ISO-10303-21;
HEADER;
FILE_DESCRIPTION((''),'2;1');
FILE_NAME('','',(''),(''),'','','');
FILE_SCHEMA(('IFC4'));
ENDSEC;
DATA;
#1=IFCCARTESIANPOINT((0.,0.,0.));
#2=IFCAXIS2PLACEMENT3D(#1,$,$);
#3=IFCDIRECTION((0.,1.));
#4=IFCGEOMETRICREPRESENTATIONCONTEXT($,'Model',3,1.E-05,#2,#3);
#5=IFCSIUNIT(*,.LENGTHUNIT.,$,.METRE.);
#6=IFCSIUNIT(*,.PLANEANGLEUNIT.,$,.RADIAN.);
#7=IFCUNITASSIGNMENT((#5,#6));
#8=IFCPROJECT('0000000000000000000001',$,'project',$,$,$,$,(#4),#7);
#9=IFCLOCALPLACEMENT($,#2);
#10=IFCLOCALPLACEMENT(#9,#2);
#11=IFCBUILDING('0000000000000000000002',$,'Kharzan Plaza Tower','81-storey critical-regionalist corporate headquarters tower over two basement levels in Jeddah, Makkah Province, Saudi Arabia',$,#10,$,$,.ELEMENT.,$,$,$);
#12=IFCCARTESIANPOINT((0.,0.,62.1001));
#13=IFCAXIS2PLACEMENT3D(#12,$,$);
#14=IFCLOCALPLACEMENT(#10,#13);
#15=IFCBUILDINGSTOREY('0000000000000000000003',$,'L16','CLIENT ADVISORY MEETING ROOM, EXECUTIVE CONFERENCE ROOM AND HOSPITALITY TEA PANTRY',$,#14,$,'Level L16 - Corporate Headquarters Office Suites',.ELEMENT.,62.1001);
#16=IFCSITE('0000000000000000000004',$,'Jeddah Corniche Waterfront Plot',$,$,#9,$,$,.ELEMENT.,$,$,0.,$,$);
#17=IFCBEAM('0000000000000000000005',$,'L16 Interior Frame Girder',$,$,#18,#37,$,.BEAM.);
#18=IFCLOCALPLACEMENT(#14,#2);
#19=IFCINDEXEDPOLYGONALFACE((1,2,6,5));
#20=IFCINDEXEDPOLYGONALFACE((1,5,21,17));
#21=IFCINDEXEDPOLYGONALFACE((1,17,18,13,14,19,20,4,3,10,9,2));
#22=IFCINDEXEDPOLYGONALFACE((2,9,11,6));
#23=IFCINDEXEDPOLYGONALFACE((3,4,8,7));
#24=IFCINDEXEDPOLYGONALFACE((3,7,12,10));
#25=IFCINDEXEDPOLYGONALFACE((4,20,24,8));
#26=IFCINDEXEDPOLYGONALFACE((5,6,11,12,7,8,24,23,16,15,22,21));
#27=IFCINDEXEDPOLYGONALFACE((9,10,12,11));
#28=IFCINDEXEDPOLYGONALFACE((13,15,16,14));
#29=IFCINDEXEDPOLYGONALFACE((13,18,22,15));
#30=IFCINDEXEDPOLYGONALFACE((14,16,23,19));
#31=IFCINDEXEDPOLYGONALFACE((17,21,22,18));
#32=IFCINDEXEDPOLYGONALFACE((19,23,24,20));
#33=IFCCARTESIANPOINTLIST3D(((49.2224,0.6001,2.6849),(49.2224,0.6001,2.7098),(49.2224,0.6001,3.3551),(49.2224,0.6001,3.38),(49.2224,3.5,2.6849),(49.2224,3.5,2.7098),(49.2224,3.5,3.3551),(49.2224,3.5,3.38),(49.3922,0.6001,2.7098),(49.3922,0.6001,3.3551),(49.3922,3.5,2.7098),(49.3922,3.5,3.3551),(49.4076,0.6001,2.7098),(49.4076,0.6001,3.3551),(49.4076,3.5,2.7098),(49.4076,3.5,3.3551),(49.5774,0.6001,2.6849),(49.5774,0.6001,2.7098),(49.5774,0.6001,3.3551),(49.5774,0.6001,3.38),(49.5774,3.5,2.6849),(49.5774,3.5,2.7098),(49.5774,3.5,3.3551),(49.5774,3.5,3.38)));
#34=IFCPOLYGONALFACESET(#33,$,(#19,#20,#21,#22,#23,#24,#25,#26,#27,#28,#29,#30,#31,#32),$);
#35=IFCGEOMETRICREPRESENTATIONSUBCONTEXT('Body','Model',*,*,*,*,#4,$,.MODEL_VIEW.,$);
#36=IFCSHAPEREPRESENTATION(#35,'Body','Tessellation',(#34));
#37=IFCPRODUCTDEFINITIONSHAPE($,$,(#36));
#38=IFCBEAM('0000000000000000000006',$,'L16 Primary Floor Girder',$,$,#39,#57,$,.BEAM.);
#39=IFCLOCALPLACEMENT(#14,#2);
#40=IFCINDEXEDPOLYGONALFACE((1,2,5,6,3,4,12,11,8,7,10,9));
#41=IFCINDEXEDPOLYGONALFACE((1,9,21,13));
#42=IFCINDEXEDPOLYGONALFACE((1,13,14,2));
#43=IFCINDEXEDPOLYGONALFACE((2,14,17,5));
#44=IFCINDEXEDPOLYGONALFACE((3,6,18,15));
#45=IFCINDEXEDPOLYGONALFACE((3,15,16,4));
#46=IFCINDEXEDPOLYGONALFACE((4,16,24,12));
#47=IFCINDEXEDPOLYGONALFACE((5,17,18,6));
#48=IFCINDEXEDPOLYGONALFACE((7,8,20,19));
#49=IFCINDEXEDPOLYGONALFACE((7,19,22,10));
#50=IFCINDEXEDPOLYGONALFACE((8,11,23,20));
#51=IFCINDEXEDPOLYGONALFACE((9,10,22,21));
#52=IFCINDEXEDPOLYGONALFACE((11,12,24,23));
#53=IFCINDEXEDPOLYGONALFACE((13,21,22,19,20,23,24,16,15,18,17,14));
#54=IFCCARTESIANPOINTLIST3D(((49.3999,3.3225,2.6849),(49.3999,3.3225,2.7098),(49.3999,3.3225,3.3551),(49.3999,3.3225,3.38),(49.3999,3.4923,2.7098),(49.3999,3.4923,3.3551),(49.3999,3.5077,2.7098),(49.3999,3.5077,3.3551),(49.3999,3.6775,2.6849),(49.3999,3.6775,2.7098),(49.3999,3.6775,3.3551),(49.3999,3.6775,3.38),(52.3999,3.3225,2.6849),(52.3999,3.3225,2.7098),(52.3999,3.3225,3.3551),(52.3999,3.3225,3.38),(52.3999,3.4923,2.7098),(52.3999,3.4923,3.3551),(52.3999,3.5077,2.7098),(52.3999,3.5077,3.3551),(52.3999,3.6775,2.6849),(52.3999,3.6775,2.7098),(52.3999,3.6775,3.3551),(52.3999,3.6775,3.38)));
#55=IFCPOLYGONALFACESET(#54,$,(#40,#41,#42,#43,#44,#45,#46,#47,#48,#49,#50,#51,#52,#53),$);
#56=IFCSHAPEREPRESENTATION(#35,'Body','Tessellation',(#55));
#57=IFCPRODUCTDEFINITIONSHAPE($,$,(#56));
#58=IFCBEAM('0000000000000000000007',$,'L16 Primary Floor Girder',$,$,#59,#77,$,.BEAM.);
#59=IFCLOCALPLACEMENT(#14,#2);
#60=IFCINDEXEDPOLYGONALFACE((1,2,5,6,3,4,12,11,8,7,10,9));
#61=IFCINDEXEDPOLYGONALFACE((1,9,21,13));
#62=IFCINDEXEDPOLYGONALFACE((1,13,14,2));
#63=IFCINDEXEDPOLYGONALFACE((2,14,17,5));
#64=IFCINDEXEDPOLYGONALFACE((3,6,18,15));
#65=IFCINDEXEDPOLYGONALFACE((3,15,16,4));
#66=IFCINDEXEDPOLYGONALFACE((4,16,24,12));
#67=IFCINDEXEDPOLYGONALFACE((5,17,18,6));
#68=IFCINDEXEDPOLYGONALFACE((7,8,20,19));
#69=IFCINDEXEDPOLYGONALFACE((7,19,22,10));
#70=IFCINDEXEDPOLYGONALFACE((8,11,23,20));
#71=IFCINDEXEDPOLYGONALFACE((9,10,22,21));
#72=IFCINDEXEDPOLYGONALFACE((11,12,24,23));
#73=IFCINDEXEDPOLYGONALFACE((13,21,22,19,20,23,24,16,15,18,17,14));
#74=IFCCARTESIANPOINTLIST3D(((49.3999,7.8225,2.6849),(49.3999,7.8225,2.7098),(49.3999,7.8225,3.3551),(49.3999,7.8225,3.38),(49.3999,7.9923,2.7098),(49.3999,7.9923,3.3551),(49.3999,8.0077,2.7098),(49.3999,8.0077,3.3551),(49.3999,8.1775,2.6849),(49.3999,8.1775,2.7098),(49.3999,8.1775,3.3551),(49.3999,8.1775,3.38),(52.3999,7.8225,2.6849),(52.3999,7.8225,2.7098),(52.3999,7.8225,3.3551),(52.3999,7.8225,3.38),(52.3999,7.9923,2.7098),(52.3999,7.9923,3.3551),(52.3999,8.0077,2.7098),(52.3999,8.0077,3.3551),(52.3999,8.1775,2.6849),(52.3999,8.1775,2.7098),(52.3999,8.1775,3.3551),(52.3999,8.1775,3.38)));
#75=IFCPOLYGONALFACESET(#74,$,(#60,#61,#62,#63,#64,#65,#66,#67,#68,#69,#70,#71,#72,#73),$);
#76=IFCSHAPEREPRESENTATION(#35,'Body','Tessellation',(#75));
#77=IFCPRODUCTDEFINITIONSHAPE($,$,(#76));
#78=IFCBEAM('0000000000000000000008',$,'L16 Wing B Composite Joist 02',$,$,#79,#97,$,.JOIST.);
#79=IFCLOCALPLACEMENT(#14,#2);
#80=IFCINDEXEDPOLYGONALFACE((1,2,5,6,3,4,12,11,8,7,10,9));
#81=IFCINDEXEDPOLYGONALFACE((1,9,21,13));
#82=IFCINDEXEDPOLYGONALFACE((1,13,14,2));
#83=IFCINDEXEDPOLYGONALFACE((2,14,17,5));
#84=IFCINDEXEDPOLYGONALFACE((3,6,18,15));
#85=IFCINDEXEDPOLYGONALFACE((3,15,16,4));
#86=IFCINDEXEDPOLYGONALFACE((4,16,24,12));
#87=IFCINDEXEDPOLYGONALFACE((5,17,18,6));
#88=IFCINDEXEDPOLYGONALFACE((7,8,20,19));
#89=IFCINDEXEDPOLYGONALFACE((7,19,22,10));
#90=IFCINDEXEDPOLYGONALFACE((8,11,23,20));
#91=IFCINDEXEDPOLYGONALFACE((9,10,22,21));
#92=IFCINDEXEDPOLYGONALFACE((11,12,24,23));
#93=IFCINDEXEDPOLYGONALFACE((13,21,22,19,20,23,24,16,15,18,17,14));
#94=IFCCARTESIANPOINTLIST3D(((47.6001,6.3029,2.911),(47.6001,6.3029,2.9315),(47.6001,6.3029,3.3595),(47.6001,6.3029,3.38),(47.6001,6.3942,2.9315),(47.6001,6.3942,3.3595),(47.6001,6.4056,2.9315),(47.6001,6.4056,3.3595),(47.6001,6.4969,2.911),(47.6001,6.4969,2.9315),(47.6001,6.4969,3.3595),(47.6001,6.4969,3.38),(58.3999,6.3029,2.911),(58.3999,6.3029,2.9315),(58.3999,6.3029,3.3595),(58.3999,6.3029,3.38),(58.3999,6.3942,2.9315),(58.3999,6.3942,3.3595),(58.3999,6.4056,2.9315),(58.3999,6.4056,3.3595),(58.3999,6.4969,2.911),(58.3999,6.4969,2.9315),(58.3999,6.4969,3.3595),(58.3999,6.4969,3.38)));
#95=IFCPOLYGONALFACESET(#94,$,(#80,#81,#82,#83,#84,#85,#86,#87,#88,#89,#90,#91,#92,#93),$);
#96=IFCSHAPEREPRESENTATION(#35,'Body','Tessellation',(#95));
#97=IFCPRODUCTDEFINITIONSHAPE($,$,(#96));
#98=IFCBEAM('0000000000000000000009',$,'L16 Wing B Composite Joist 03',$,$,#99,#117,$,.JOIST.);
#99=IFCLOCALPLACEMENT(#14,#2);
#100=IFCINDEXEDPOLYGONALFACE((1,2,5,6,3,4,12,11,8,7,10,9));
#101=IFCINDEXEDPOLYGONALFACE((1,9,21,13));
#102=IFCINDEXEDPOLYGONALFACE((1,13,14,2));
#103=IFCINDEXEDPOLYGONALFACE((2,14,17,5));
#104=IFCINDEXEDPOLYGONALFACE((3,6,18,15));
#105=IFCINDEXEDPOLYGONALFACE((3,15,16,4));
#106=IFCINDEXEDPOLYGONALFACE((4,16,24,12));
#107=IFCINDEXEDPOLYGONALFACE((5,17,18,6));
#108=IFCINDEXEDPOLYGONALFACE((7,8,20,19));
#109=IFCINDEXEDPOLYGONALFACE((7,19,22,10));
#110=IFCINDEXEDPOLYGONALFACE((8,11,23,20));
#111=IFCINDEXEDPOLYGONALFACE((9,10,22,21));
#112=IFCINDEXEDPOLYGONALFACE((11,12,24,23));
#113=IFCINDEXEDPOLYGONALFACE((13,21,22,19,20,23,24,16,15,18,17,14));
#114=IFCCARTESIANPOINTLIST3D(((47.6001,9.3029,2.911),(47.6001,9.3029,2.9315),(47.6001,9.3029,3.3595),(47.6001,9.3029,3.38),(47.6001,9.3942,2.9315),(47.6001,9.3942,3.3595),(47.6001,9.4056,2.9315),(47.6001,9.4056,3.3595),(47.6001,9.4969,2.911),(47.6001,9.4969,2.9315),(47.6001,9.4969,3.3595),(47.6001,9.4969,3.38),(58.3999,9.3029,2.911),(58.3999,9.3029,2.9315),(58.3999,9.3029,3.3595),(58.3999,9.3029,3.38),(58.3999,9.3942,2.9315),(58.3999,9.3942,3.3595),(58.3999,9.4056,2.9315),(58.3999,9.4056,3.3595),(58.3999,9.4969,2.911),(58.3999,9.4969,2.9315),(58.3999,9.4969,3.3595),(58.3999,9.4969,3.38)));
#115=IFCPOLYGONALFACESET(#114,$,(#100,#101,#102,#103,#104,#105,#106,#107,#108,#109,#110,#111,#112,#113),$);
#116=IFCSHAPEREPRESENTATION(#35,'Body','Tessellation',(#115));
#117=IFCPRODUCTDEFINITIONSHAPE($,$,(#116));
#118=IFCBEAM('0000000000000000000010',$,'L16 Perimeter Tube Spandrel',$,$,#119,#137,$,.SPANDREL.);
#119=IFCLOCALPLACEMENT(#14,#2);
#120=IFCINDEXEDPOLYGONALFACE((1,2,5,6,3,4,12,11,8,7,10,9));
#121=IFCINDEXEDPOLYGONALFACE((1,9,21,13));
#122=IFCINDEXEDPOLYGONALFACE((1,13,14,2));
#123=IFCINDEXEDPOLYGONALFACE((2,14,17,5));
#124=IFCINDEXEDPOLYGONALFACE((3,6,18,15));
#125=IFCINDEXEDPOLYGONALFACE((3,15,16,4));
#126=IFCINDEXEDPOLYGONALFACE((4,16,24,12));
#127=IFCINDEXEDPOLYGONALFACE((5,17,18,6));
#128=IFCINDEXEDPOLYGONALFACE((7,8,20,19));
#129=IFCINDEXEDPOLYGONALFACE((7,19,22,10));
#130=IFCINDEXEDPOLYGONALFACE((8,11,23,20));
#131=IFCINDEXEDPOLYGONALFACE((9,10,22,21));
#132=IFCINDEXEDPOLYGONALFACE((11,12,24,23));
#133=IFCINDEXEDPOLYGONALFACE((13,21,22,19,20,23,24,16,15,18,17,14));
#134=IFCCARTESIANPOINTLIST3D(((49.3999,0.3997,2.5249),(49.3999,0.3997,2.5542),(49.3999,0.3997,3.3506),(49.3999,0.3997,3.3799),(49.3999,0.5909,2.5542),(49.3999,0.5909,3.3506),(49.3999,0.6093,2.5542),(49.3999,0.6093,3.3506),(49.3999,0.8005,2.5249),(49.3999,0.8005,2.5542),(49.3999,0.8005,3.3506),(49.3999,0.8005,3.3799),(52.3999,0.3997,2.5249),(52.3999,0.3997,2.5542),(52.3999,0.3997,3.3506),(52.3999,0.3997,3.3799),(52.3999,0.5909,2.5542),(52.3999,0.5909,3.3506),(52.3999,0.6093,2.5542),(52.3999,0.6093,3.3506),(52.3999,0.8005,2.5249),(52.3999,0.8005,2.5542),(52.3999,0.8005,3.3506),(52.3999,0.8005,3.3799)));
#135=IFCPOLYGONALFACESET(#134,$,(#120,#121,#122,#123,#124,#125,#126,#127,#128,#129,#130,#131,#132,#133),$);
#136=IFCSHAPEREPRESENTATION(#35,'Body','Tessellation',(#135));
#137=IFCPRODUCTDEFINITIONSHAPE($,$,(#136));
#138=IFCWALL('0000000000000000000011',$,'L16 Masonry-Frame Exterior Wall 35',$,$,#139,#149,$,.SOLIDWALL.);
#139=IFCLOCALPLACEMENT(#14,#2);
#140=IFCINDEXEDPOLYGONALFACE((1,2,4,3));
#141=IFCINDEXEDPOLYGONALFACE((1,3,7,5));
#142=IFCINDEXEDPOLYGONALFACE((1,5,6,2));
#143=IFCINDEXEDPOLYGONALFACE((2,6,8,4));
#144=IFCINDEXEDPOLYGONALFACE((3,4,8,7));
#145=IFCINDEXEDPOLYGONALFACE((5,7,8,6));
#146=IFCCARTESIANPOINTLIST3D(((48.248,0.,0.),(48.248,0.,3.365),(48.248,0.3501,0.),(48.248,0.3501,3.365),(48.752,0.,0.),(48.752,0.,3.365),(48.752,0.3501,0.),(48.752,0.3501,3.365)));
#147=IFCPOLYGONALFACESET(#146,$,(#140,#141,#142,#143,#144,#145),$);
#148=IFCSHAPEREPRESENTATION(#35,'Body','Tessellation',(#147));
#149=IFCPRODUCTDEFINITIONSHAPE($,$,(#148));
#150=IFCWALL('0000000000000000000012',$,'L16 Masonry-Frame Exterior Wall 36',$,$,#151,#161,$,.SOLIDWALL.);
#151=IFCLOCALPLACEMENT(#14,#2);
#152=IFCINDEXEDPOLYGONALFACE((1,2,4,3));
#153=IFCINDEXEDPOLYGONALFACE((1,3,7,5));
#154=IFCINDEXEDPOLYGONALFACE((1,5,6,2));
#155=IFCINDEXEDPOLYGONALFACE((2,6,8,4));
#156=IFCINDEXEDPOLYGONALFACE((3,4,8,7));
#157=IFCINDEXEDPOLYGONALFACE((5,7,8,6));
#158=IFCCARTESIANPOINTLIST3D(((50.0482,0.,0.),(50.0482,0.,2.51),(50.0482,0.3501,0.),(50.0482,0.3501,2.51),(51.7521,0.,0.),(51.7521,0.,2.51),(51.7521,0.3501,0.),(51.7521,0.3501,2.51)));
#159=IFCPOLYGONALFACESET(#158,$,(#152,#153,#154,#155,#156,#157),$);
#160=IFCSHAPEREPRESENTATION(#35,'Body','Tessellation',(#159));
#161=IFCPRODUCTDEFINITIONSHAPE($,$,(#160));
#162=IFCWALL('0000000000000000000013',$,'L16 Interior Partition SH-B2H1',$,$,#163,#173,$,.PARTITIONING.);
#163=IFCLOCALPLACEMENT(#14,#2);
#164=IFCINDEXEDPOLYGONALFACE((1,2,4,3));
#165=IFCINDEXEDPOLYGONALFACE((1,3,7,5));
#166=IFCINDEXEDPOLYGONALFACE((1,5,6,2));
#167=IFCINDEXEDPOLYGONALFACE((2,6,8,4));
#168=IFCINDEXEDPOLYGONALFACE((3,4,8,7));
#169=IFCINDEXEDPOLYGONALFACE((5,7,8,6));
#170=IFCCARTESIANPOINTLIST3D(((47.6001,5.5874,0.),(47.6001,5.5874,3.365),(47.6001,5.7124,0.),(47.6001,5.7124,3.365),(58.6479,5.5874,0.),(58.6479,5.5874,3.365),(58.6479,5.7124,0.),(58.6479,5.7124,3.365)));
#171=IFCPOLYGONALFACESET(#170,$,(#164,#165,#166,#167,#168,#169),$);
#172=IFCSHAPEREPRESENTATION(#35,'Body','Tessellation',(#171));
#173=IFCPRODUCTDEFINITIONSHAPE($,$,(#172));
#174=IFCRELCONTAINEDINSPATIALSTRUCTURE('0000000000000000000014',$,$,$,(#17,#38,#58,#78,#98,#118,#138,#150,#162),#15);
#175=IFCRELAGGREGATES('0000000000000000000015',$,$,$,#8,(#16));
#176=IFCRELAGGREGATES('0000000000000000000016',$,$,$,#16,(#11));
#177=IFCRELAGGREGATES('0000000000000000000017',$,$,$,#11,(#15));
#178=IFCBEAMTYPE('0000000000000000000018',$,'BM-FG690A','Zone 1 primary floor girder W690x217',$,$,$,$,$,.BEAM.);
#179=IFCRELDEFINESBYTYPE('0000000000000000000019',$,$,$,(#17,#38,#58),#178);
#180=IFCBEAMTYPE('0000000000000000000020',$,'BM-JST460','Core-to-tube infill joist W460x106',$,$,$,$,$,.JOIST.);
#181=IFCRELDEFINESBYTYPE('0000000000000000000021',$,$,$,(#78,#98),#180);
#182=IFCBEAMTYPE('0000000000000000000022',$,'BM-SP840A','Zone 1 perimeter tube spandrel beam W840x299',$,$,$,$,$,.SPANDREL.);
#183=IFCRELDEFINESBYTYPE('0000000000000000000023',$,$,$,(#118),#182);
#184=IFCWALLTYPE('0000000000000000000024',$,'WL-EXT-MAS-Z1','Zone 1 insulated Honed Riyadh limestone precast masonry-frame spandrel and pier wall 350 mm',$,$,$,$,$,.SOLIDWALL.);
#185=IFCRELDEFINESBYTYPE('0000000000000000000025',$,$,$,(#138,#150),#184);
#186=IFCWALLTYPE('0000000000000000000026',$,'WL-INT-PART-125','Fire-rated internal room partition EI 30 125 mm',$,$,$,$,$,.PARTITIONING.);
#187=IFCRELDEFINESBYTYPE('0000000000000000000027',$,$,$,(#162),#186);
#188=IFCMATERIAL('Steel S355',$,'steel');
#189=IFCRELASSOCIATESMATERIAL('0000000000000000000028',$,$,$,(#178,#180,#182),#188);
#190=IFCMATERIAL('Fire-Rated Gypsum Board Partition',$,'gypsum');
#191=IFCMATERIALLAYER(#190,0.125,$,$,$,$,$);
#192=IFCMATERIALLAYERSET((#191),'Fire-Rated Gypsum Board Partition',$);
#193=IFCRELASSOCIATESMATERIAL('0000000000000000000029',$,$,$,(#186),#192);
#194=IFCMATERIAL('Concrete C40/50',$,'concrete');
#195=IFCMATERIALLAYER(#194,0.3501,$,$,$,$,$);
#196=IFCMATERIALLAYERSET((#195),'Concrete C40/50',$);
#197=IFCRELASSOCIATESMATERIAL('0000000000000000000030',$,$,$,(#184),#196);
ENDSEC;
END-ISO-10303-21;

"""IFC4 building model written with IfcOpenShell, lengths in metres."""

from ifc_helpers import new_model, si_unit, direction, frame, frame_2d, origin, origin_2d, place, context, subcontext, project, spatial, rectangle, i_section, extrude, source, transform, mapped, material, layer, layer_set, material_profile, profile_set, type_object, element, save


model = new_model("IFC4")

# Units and contexts
model_context = context("Model", 3, precision=1e-05, world=origin(), true_north=direction((0.0, 1.0)))
body_context = subcontext(model_context, "Body", "Model", "MODEL_VIEW")
ifc_project = project(units=[si_unit("LENGTHUNIT", "METRE"), si_unit("PLANEANGLEUNIT", "RADIAN")], contexts=[model_context])

# Site, building, storey
site_placement = place(None, origin())
site = spatial("IfcSite", under=ifc_project, at=site_placement, Name="Jeddah Corniche Waterfront Plot", CompositionType="ELEMENT", RefElevation=0.0)
building_placement = place(site_placement, origin())
building = spatial("IfcBuilding", under=site, at=building_placement, Name="Kharzan Plaza Tower", Description="81-storey critical-regionalist corporate headquarters tower over two basement levels in Jeddah, Makkah Province, Saudi Arabia", CompositionType="ELEMENT")
storey_placement = place(building_placement, frame((0.0, 0.0, 62.1001)))
storey = spatial("IfcBuildingStorey", under=building, at=storey_placement, Name="L16", Description="CLIENT ADVISORY MEETING ROOM, EXECUTIVE CONFERENCE ROOM AND HOSPITALITY TEA PANTRY", LongName="Level L16 - Corporate Headquarters Office Suites", CompositionType="ELEMENT", Elevation=62.1001)

# Beams
ifc_material_1 = material(Name="Steel S355", Category="steel")
ifc_material_profile_1 = material_profile(ifc_material_1, i_section(OverallWidth=0.355, OverallDepth=0.6951, WebThickness=0.0154, FlangeThickness=0.0249, at=origin_2d()), Name="W690x217")
ifc_profile_set_1 = profile_set([ifc_material_profile_1], Name="Steel S355")
beam_type_1 = type_object("IfcBeamType", Name="BM-FG690A", Description="Zone 1 primary floor girder W690x217", PredefinedType="BEAM", material=ifc_profile_set_1)
shared_shape_1 = source(origin(), body_context, "Body", "SweptSolid", [
    extrude(i_section(OverallWidth=0.355, OverallDepth=0.6951, WebThickness=0.0154, FlangeThickness=0.0249, at=origin_2d()), origin(), (0.0, 0.0, 1.0), 2.8999),
])
for number, where, z_axis, x_axis, name in (
    (1, (49.3999, 0.6001, 3.0325), (0.0, 1.0, 0.0), (-1.0, 0.0, 0.0), "L16 Interior Frame Girder"),
):
    element("IfcBeam", number, at=place(storey_placement, frame(where, z_axis=z_axis, x_axis=x_axis)), inside=storey, type_object=beam_type_1, Name=name, PredefinedType="BEAM", context=body_context, shape_type="MappedRepresentation", body=[
        mapped(shared_shape_1, transform((0.0, 0.0, 0.0), x_axis=(1.0, 0.0, 0.0), y_axis=(0.0, 1.0, 0.0), z_axis=(0.0, 0.0, 1.0))),
    ])
shared_shape_2 = source(origin(), body_context, "Body", "SweptSolid", [
    extrude(i_section(OverallWidth=0.355, OverallDepth=0.6951, WebThickness=0.0154, FlangeThickness=0.0249, at=origin_2d()), origin(), (0.0, 0.0, 1.0), 3.0),
])
for number, where, z_axis, x_axis, name in (
    (2, (49.3999, 3.5, 3.0325), (1.0, 0.0, 0.0), (0.0, 1.0, 0.0), "L16 Primary Floor Girder"),
    (3, (49.3999, 8.0, 3.0325), (1.0, 0.0, 0.0), (0.0, 1.0, 0.0), "L16 Primary Floor Girder"),
):
    element("IfcBeam", number, at=place(storey_placement, frame(where, z_axis=z_axis, x_axis=x_axis)), inside=storey, type_object=beam_type_1, Name=name, PredefinedType="BEAM", context=body_context, shape_type="MappedRepresentation", body=[
        mapped(shared_shape_2, transform((0.0, 0.0, 0.0), x_axis=(1.0, 0.0, 0.0), y_axis=(0.0, 1.0, 0.0), z_axis=(0.0, 0.0, 1.0))),
    ])
ifc_material_profile_2 = material_profile(ifc_material_1, i_section(OverallWidth=0.1941, OverallDepth=0.469, WebThickness=0.0115, FlangeThickness=0.0205, at=origin_2d()), Name="W460x106")
ifc_profile_set_2 = profile_set([ifc_material_profile_2], Name="Steel S355")
beam_type_2 = type_object("IfcBeamType", Name="BM-JST460", Description="Core-to-tube infill joist W460x106", PredefinedType="JOIST", material=ifc_profile_set_2)
shared_shape_3 = source(origin(), body_context, "Body", "SweptSolid", [
    extrude(i_section(OverallWidth=0.1941, OverallDepth=0.469, WebThickness=0.0115, FlangeThickness=0.0205, at=origin_2d()), origin(), (0.0, 0.0, 1.0), 10.7998),
])
for number, where, z_axis, x_axis, name in (
    (4, (47.6001, 6.3999, 3.1455), (1.0, 0.0, 0.0), (0.0, 1.0, 0.0), "L16 Wing B Composite Joist 02"),
    (5, (47.6001, 9.3999, 3.1455), (1.0, 0.0, 0.0), (0.0, 1.0, 0.0), "L16 Wing B Composite Joist 03"),
):
    element("IfcBeam", number, at=place(storey_placement, frame(where, z_axis=z_axis, x_axis=x_axis)), inside=storey, type_object=beam_type_2, Name=name, PredefinedType="JOIST", context=body_context, shape_type="MappedRepresentation", body=[
        mapped(shared_shape_3, transform((0.0, 0.0, 0.0), x_axis=(1.0, 0.0, 0.0), y_axis=(0.0, 1.0, 0.0), z_axis=(0.0, 0.0, 1.0))),
    ])
ifc_material_profile_3 = material_profile(ifc_material_1, i_section(OverallWidth=0.4009, OverallDepth=0.855, WebThickness=0.0183, FlangeThickness=0.0293, at=origin_2d()), Name="W840x299")
ifc_profile_set_3 = profile_set([ifc_material_profile_3], Name="Steel S355")
beam_type_3 = type_object("IfcBeamType", Name="BM-SP840A", Description="Zone 1 perimeter tube spandrel beam W840x299", PredefinedType="SPANDREL", material=ifc_profile_set_3)
shared_shape_4 = source(origin(), body_context, "Body", "SweptSolid", [
    extrude(i_section(OverallWidth=0.4009, OverallDepth=0.855, WebThickness=0.0183, FlangeThickness=0.0293, at=origin_2d()), origin(), (0.0, 0.0, 1.0), 3.0),
])
beam_placement = place(storey_placement, frame((49.3999, 0.6001, 2.9524), z_axis=(1.0, 0.0, 0.0), x_axis=(0.0, 1.0, 0.0)))
element("IfcBeam", 6, at=beam_placement, inside=storey, type_object=beam_type_3, Name="L16 Perimeter Tube Spandrel", PredefinedType="SPANDREL", context=body_context, shape_type="MappedRepresentation", body=[
    mapped(shared_shape_4, transform((0.0, 0.0, 0.0), x_axis=(1.0, 0.0, 0.0), y_axis=(0.0, 1.0, 0.0), z_axis=(0.0, 0.0, 1.0))),
])

# Shared definitions
ifc_material_2 = material(Name="Fire-Rated Gypsum Board Partition", Category="gypsum")
ifc_layer_1 = layer(ifc_material_2, 0.125)
ifc_layer_set_1 = layer_set([ifc_layer_1], Name="Fire-Rated Gypsum Board Partition")
wall_type_1 = type_object("IfcWallType", Name="WL-INT-PART-125", Description="Fire-rated internal room partition EI 30 125 mm", PredefinedType="PARTITIONING", material=ifc_layer_set_1)

# Walls
ifc_material_3 = material(Name="Concrete C40/50", Category="concrete")
ifc_layer_2 = layer(ifc_material_3, 0.3501)
ifc_layer_set_2 = layer_set([ifc_layer_2], Name="Concrete C40/50")
wall_type_2 = type_object("IfcWallType", Name="WL-EXT-MAS-Z1", Description="Zone 1 insulated Honed Riyadh limestone precast masonry-frame spandrel and pier wall 350 mm", PredefinedType="SOLIDWALL", material=ifc_layer_set_2)
shared_shape_5 = source(origin(), body_context, "Body", "SweptSolid", [
    extrude(rectangle(XDim=0.5039, YDim=0.3501, at=frame_2d((0.252, 0.0))), origin(), (0.0, 0.0, 1.0), 3.365),
])
wall_1_placement = place(storey_placement, frame((48.248, 0.175, 0.0), z_axis=(0.0, 0.0, 1.0), x_axis=(1.0, 0.0, 0.0)))
element("IfcWall", 7, at=wall_1_placement, inside=storey, type_object=wall_type_2, Name="L16 Masonry-Frame Exterior Wall 35", PredefinedType="SOLIDWALL", context=body_context, shape_type="MappedRepresentation", body=[
    mapped(shared_shape_5, transform((0.0, 0.0, 0.0), x_axis=(1.0, 0.0, 0.0), y_axis=(0.0, 1.0, 0.0), z_axis=(0.0, 0.0, 1.0))),
])
shared_shape_6 = source(origin(), body_context, "Body", "SweptSolid", [
    extrude(rectangle(XDim=1.7039, YDim=0.3501, at=frame_2d((0.8521, 0.0))), origin(), (0.0, 0.0, 1.0), 2.51),
])
wall_2_placement = place(storey_placement, frame((50.0481, 0.175, 0.0), z_axis=(0.0, 0.0, 1.0), x_axis=(1.0, 0.0, 0.0)))
element("IfcWall", 8, at=wall_2_placement, inside=storey, type_object=wall_type_2, Name="L16 Masonry-Frame Exterior Wall 36", PredefinedType="SOLIDWALL", context=body_context, shape_type="MappedRepresentation", body=[
    mapped(shared_shape_6, transform((0.0, 0.0, 0.0), x_axis=(1.0, 0.0, 0.0), y_axis=(0.0, 1.0, 0.0), z_axis=(0.0, 0.0, 1.0))),
])
shared_shape_7 = source(origin(), body_context, "Body", "SweptSolid", [
    extrude(rectangle(XDim=11.0479, YDim=0.125, at=frame_2d((5.5239, 0.0))), origin(), (0.0, 0.0, 1.0), 3.365),
])
for number, where, z_axis, x_axis, name in (
    (9, (47.6001, 5.6499, 0.0), (0.0, 0.0, 1.0), (1.0, 0.0, 0.0), "L16 Interior Partition SH-B2H1"),
):
    element("IfcWall", number, at=place(storey_placement, frame(where, z_axis=z_axis, x_axis=x_axis)), inside=storey, type_object=wall_type_1, Name=name, PredefinedType="PARTITIONING", context=body_context, shape_type="MappedRepresentation", body=[
        mapped(shared_shape_7, transform((0.0, 0.0, 0.0), x_axis=(1.0, 0.0, 0.0), y_axis=(0.0, 1.0, 0.0), z_axis=(0.0, 0.0, 1.0))),
    ])

save(model, "model.ifc")
